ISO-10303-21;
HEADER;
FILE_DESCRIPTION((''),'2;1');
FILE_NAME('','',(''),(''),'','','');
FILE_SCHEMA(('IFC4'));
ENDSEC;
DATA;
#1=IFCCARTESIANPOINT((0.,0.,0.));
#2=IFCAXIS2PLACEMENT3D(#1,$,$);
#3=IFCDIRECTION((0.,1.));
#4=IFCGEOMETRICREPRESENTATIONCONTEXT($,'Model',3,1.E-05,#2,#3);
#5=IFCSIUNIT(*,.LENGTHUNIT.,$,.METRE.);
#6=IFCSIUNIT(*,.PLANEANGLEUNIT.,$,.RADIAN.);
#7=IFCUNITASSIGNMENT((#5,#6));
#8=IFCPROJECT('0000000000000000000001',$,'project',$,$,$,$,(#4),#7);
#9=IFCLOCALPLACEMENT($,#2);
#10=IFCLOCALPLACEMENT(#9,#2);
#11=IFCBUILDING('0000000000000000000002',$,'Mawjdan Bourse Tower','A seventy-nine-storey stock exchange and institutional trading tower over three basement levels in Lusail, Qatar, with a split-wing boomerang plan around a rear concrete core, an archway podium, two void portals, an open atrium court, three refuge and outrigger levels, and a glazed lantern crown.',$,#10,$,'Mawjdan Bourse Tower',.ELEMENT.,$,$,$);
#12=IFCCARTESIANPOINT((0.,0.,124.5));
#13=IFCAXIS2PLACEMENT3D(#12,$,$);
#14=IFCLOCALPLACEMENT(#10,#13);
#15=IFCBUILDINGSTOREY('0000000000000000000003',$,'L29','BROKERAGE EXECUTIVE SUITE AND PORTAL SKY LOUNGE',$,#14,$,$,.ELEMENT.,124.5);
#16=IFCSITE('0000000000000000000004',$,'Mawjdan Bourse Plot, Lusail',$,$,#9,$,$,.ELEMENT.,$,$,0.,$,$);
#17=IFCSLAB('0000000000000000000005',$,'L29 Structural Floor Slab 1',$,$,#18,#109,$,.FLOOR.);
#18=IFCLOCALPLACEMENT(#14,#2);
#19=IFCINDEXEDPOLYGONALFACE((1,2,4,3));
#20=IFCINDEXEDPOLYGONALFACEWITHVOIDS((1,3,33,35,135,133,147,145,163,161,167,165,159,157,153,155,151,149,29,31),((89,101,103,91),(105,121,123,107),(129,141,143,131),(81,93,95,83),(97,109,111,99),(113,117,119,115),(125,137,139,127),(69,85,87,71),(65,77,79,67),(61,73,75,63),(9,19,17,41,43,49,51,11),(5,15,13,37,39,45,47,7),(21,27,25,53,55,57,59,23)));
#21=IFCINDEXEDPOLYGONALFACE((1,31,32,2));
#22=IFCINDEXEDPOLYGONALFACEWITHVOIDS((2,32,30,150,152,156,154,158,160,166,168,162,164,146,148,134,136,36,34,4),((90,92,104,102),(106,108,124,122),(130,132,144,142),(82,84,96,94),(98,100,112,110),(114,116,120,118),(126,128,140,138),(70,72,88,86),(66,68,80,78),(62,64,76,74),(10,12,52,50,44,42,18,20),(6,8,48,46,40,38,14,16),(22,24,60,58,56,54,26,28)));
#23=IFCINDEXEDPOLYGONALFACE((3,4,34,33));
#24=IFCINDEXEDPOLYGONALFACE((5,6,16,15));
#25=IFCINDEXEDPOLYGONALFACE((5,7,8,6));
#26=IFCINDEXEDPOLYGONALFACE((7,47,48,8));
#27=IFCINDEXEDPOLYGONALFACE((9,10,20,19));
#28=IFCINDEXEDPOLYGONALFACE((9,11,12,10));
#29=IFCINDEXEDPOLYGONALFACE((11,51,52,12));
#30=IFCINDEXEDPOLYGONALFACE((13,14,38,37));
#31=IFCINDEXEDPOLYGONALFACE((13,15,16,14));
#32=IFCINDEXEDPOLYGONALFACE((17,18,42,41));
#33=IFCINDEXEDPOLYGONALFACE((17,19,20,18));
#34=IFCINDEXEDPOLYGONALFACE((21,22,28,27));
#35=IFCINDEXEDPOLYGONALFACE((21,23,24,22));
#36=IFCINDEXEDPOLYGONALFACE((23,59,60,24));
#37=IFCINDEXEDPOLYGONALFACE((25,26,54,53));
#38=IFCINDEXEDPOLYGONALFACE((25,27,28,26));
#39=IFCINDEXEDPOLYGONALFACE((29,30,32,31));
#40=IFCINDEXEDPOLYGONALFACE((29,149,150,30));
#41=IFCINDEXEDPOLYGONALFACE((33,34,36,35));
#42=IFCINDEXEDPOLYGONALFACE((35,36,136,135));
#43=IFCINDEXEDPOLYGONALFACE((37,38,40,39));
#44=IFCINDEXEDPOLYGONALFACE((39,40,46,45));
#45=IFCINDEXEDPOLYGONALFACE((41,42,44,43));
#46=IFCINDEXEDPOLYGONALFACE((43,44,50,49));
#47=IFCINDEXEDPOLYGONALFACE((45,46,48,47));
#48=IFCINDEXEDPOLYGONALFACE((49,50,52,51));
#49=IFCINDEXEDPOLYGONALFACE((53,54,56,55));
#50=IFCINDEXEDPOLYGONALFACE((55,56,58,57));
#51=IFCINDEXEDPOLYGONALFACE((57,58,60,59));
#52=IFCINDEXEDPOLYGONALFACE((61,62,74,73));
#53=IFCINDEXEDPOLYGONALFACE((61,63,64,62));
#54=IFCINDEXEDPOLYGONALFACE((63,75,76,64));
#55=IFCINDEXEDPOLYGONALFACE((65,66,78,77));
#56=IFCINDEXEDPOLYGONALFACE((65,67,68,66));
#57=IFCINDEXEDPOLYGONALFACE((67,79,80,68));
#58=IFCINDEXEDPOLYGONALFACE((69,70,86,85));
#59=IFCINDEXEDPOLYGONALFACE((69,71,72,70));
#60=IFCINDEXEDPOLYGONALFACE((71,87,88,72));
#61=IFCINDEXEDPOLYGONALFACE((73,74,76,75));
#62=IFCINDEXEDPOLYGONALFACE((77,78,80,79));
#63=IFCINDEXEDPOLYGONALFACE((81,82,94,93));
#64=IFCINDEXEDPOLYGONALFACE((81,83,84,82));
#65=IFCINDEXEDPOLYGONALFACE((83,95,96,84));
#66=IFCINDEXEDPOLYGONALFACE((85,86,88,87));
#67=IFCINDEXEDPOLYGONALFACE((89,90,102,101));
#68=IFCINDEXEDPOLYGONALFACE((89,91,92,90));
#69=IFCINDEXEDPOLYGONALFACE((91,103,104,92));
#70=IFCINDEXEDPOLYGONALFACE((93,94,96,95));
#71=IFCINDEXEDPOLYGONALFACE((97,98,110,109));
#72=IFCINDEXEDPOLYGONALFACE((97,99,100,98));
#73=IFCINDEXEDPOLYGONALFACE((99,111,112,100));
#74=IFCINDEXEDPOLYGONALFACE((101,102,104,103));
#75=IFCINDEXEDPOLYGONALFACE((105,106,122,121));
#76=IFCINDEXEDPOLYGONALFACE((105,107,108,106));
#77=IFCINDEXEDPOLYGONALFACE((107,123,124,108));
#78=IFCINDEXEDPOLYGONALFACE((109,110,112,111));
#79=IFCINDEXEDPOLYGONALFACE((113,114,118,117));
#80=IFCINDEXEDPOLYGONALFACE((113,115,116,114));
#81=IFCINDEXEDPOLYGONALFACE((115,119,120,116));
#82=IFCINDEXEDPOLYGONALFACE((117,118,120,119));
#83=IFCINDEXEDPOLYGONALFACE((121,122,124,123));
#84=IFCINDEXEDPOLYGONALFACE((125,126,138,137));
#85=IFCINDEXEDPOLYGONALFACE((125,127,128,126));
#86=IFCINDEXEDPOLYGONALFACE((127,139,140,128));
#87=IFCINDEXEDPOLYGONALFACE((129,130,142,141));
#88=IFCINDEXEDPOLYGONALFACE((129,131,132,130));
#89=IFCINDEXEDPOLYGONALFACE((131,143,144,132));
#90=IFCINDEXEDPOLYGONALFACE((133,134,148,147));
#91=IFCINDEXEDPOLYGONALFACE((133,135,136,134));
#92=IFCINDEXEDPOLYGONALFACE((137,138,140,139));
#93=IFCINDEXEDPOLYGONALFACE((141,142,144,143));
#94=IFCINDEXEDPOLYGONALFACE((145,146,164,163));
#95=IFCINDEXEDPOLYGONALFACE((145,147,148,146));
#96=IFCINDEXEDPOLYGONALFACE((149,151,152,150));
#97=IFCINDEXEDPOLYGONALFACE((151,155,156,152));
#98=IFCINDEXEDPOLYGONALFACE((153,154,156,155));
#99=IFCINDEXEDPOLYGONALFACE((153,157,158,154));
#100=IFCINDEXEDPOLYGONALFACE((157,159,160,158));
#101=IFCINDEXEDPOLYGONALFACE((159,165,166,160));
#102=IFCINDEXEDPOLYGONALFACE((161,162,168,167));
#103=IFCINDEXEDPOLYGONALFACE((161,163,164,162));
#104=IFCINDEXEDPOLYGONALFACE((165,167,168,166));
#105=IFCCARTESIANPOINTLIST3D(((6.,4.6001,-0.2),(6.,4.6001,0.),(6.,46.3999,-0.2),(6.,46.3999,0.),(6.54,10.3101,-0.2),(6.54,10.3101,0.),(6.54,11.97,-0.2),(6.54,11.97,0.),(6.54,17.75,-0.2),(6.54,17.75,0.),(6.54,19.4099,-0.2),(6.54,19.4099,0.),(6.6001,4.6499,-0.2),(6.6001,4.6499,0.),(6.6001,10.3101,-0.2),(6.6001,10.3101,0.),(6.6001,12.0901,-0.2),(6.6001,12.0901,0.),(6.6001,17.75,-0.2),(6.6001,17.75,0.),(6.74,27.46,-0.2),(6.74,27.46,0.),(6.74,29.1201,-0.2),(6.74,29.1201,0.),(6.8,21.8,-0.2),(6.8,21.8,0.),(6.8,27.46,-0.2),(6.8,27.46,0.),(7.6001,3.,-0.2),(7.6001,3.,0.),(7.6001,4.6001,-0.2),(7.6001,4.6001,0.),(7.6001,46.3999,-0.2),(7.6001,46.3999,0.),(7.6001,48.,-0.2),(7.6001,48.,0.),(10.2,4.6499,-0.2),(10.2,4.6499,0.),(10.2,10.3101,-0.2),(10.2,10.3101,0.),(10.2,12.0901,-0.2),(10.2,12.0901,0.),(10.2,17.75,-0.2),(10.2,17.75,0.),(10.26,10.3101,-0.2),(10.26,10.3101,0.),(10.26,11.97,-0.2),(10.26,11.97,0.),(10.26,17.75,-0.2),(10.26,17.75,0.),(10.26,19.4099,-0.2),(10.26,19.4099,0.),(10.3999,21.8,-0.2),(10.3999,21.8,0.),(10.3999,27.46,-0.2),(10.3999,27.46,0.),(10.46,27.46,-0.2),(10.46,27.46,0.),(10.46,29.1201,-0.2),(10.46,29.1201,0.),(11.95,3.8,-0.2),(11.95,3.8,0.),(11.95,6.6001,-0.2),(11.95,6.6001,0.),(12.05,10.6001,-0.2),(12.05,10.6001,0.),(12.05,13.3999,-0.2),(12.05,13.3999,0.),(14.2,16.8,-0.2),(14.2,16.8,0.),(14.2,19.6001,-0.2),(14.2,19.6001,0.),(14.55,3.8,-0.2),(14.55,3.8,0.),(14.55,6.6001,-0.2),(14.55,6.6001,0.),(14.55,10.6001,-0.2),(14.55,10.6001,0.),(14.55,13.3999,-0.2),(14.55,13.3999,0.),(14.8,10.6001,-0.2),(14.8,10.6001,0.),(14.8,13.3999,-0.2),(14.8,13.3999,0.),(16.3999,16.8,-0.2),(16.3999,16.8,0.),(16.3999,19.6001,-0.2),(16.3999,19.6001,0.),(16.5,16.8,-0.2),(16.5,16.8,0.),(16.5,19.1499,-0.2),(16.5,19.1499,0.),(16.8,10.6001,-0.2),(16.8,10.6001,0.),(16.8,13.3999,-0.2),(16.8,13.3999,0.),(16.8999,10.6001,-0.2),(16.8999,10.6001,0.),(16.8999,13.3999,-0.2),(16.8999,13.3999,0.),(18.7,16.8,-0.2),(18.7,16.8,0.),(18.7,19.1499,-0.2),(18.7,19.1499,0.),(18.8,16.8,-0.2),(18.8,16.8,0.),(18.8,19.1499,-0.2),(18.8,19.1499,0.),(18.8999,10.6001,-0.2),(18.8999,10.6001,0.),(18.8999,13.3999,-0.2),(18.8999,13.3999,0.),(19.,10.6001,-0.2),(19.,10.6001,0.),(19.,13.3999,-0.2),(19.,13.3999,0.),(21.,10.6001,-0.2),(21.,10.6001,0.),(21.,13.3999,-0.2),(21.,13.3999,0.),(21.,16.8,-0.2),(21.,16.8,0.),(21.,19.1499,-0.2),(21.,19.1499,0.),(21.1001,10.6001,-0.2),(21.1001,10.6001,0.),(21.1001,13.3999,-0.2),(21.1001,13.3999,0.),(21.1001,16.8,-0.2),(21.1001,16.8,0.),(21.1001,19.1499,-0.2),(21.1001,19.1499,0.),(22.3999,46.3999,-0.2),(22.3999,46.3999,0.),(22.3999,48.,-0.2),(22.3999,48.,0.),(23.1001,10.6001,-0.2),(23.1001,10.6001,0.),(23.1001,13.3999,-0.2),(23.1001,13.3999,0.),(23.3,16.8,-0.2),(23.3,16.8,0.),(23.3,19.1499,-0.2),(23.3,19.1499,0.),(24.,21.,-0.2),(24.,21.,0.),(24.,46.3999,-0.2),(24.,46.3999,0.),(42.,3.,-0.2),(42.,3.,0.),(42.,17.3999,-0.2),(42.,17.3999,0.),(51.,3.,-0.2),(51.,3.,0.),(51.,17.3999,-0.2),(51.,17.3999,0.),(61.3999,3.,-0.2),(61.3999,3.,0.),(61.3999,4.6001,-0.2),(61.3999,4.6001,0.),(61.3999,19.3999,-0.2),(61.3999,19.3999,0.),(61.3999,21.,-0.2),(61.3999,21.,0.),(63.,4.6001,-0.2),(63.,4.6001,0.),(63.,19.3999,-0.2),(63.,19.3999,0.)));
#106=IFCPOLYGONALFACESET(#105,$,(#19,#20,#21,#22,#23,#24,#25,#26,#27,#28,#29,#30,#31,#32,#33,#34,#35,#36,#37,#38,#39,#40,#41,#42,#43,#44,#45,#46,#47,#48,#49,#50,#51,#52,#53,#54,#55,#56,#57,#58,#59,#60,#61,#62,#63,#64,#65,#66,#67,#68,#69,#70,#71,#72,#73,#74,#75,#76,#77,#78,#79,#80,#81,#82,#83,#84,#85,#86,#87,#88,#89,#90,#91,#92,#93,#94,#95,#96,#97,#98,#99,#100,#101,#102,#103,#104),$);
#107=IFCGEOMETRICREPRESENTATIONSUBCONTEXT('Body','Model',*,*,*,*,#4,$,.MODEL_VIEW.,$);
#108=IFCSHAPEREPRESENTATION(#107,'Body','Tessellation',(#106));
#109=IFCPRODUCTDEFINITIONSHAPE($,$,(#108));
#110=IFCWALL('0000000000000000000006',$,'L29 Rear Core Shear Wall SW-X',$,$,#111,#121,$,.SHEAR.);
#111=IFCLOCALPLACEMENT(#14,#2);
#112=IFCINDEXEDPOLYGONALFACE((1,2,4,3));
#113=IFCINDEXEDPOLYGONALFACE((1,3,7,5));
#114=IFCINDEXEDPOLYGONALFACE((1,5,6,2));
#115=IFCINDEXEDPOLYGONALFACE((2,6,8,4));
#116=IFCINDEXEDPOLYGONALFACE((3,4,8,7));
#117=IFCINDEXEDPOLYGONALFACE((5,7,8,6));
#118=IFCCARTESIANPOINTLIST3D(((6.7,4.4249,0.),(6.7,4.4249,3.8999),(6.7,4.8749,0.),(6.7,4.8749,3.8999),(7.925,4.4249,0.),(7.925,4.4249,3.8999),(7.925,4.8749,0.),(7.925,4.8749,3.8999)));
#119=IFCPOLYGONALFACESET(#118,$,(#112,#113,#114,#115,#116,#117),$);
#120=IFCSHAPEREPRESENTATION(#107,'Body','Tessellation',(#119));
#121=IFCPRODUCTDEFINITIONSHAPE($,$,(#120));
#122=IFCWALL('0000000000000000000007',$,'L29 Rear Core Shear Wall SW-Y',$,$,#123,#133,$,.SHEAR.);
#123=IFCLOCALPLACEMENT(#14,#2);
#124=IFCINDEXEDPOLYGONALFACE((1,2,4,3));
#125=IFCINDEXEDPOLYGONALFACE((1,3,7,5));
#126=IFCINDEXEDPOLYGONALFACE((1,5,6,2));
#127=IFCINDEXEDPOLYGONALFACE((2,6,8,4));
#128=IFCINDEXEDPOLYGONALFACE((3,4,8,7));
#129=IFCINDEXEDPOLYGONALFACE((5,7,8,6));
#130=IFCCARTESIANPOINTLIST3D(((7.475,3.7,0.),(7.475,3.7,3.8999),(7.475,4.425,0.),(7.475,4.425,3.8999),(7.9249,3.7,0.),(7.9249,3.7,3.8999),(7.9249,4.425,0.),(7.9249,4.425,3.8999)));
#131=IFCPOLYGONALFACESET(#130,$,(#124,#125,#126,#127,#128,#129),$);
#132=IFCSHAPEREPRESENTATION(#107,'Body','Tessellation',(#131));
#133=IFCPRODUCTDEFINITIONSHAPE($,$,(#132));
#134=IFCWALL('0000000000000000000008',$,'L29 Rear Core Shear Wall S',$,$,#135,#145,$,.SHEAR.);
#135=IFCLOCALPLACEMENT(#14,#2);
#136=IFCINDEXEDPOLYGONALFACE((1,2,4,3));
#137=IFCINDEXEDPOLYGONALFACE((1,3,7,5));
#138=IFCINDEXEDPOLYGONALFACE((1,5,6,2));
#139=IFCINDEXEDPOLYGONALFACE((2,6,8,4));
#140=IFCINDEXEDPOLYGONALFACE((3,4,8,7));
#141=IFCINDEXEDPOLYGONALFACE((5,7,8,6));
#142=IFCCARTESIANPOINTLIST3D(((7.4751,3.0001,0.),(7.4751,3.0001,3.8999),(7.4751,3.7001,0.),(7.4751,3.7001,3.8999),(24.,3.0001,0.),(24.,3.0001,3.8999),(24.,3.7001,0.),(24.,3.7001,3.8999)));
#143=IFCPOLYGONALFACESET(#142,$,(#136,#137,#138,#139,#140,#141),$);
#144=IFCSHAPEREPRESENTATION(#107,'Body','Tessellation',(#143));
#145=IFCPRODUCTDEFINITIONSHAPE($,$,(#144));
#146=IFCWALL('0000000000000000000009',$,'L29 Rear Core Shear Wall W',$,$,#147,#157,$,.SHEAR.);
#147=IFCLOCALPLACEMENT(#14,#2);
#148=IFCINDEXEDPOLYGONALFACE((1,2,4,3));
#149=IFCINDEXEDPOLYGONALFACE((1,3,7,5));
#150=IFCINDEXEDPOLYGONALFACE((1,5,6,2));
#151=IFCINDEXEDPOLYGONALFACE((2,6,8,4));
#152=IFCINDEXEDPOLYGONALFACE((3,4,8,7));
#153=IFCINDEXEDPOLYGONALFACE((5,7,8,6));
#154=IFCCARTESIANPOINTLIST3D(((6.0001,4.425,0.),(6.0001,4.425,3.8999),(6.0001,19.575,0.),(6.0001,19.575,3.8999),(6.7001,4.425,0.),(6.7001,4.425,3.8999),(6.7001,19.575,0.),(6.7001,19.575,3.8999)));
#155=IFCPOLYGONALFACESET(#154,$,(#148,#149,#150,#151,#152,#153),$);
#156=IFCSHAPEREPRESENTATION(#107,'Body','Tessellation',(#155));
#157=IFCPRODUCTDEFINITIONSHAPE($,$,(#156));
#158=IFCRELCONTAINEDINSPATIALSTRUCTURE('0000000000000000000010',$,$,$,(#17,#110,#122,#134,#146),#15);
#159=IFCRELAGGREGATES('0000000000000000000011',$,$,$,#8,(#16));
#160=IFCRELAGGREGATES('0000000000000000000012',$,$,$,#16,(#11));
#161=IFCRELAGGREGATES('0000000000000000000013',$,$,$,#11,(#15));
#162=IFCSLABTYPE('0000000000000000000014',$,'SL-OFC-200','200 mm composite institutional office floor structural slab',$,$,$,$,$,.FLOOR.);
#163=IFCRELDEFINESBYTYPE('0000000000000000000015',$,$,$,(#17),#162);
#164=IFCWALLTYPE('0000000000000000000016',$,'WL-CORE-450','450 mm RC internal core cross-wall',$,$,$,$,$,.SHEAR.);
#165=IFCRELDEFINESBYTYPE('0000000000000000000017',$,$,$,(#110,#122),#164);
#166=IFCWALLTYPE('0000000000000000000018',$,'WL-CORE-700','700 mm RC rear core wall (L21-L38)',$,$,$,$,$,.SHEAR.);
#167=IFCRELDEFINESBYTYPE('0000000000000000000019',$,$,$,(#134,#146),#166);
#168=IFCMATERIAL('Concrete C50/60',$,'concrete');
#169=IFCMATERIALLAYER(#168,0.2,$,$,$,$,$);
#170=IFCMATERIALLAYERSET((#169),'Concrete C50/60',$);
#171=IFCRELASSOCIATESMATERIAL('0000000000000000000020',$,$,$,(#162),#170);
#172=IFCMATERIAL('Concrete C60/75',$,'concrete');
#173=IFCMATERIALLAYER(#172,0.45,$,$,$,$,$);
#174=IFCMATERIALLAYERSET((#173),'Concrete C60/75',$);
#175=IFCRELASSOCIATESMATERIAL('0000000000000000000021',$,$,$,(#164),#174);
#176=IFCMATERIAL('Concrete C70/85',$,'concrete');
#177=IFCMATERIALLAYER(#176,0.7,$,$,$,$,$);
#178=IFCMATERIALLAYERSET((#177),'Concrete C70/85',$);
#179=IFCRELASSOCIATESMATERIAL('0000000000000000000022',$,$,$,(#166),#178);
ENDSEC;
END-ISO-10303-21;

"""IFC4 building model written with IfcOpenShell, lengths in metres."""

from ifc_helpers import new_model, si_unit, direction, frame, frame_2d, origin, place, context, subcontext, project, spatial, polyline, rectangle, outline, extrude, material, layer, layer_set, type_object, element, save


model = new_model("IFC4")

# Units and contexts
model_context = context("Model", 3, precision=1e-05, world=origin(), true_north=direction((0.0, 1.0)))
body_context = subcontext(model_context, "Body", "Model", "MODEL_VIEW")
ifc_project = project(units=[si_unit("LENGTHUNIT", "METRE"), si_unit("PLANEANGLEUNIT", "RADIAN")], contexts=[model_context])

# Site, building, storey
site_placement = place(None, origin())
site = spatial("IfcSite", under=ifc_project, at=site_placement, Name="Mawjdan Bourse Plot, Lusail", CompositionType="ELEMENT", RefElevation=0.0)
building_placement = place(site_placement, origin())
building = spatial("IfcBuilding", under=site, at=building_placement, Name="Mawjdan Bourse Tower", Description="A seventy-nine-storey stock exchange and institutional trading tower over three basement levels in Lusail, Qatar, with a split-wing boomerang plan around a rear concrete core, an archway podium, two void portals, an open atrium court, three refuge and outrigger levels, and a glazed lantern crown.", LongName="Mawjdan Bourse Tower", CompositionType="ELEMENT")
storey_placement = place(building_placement, frame((0.0, 0.0, 124.5)))
storey = spatial("IfcBuildingStorey", under=building, at=storey_placement, Name="L29", Description="BROKERAGE EXECUTIVE SUITE AND PORTAL SKY LOUNGE", CompositionType="ELEMENT", Elevation=124.5)

# Shared definitions
ifc_material_1 = material(Name="Concrete C50/60", Category="concrete")

# Slab
ifc_layer_1 = layer(ifc_material_1, 0.2)
ifc_layer_set_1 = layer_set([ifc_layer_1], Name="Concrete C50/60")
slab_type_1 = type_object("IfcSlabType", Name="SL-OFC-200", Description="200 mm composite institutional office floor structural slab", PredefinedType="FLOOR", material=ifc_layer_set_1)
slab_1_placement = place(storey_placement, frame((0.0, 0.0, -0.2)))
element("IfcSlab", 1, at=slab_1_placement, inside=storey, type_object=slab_type_1, Name="L29 Structural Floor Slab 1", PredefinedType="FLOOR", context=body_context, shape_type="SweptSolid", body=[
    extrude(outline(polyline([(7.6001, 3.0), (42.0, 3.0), (42.0, 17.3999), (51.0, 17.3999), (51.0, 3.0), (61.3999, 3.0), (61.3999, 4.6001), (63.0, 4.6001), (63.0, 19.3999), (61.3999, 19.3999), (61.3999, 21.0), (24.0, 21.0), (24.0, 46.3999), (22.3999, 46.3999), (22.3999, 48.0), (7.6001, 48.0), (7.6001, 46.3999), (6.0, 46.3999), (6.0, 4.6001), (7.6001, 4.6001), (7.6001, 3.0)]), holes=[polyline([(11.95, 3.8), (11.95, 6.6001), (14.55, 6.6001), (14.55, 3.8), (11.95, 3.8)]), polyline([(6.6001, 10.3101), (6.54, 10.3101), (6.54, 11.97), (10.26, 11.97), (10.26, 10.3101), (10.2, 10.3101), (10.2, 4.6499), (6.6001, 4.6499), (6.6001, 10.3101)]), polyline([(12.05, 10.6001), (12.05, 13.3999), (14.55, 13.3999), (14.55, 10.6001), (12.05, 10.6001)]), polyline([(10.26, 19.4099), (10.26, 17.75), (10.2, 17.75), (10.2, 12.0901), (6.6001, 12.0901), (6.6001, 17.75), (6.54, 17.75), (6.54, 19.4099), (10.26, 19.4099)]), polyline([(10.46, 29.1201), (10.46, 27.46), (10.3999, 27.46), (10.3999, 21.8), (6.8, 21.8), (6.8, 27.46), (6.74, 27.46), (6.74, 29.1201), (10.46, 29.1201)]), polyline([(14.8, 10.6001), (14.8, 13.3999), (16.8, 13.3999), (16.8, 10.6001), (14.8, 10.6001)]), polyline([(16.8999, 10.6001), (16.8999, 13.3999), (18.8999, 13.3999), (18.8999, 10.6001), (16.8999, 10.6001)]), polyline([(19.0, 10.6001), (19.0, 13.3999), (21.0, 13.3999), (21.0, 10.6001), (19.0, 10.6001)]), polyline([(21.1001, 10.6001), (21.1001, 13.3999), (23.1001, 13.3999), (23.1001, 10.6001), (21.1001, 10.6001)]), polyline([(16.5, 16.8), (16.5, 19.1499), (18.7, 19.1499), (18.7, 16.8), (16.5, 16.8)]), polyline([(18.8, 16.8), (18.8, 19.1499), (21.0, 19.1499), (21.0, 16.8), (18.8, 16.8)]), polyline([(21.1001, 16.8), (21.1001, 19.1499), (23.3, 19.1499), (23.3, 16.8), (21.1001, 16.8)]), polyline([(14.2, 16.8), (14.2, 19.6001), (16.3999, 19.6001), (16.3999, 16.8), (14.2, 16.8)])]), origin(), (0.0, 0.0, 1.0), 0.2),
])

# Walls
ifc_material_2 = material(Name="Concrete C60/75", Category="concrete")
ifc_layer_2 = layer(ifc_material_2, 0.45)
ifc_layer_set_2 = layer_set([ifc_layer_2], Name="Concrete C60/75")
wall_type_1 = type_object("IfcWallType", Name="WL-CORE-450", Description="450 mm RC internal core cross-wall", PredefinedType="SHEAR", material=ifc_layer_set_2)
wall_1_placement = place(storey_placement, frame((6.7, 4.6499, 0.0), z_axis=(0.0, 0.0, 1.0), x_axis=(1.0, 0.0, 0.0)))
element("IfcWall", 2, at=wall_1_placement, inside=storey, type_object=wall_type_1, Name="L29 Rear Core Shear Wall SW-X", PredefinedType="SHEAR", context=body_context, shape_type="SweptSolid", body=[
    extrude(rectangle(XDim=1.2251, YDim=0.45, at=frame_2d((0.6125, 0.0))), origin(), (0.0, 0.0, 1.0), 3.8999),
])
wall_2_placement = place(storey_placement, frame((7.7, 3.7, 0.0), z_axis=(0.0, 0.0, 1.0), x_axis=(0.0, 1.0, 0.0)))
element("IfcWall", 3, at=wall_2_placement, inside=storey, type_object=wall_type_1, Name="L29 Rear Core Shear Wall SW-Y", PredefinedType="SHEAR", context=body_context, shape_type="SweptSolid", body=[
    extrude(rectangle(XDim=0.7251, YDim=0.45, at=frame_2d((0.3625, 0.0))), origin(), (0.0, 0.0, 1.0), 3.8999),
])
ifc_material_3 = material(Name="Concrete C70/85", Category="concrete")
ifc_layer_3 = layer(ifc_material_3, 0.7)
ifc_layer_set_3 = layer_set([ifc_layer_3], Name="Concrete C70/85")
wall_type_2 = type_object("IfcWallType", Name="WL-CORE-700", Description="700 mm RC rear core wall (L21-L38)", PredefinedType="SHEAR", material=ifc_layer_set_3)
wall_3_placement = place(storey_placement, frame((7.4751, 3.3501, 0.0), z_axis=(0.0, 0.0, 1.0), x_axis=(1.0, 0.0, 0.0)))
element("IfcWall", 4, at=wall_3_placement, inside=storey, type_object=wall_type_2, Name="L29 Rear Core Shear Wall S", PredefinedType="SHEAR", context=body_context, shape_type="SweptSolid", body=[
    extrude(rectangle(XDim=16.5249, YDim=0.7, at=frame_2d((8.2625, 0.0))), origin(), (0.0, 0.0, 1.0), 3.8999),
])
wall_4_placement = place(storey_placement, frame((6.3501, 4.425, 0.0), z_axis=(0.0, 0.0, 1.0), x_axis=(0.0, 1.0, 0.0)))
element("IfcWall", 5, at=wall_4_placement, inside=storey, type_object=wall_type_2, Name="L29 Rear Core Shear Wall W", PredefinedType="SHEAR", context=body_context, shape_type="SweptSolid", body=[
    extrude(rectangle(XDim=15.1499, YDim=0.7, at=frame_2d((7.575, 0.0))), origin(), (0.0, 0.0, 1.0), 3.8999),
])

save(model, "model.ifc")
